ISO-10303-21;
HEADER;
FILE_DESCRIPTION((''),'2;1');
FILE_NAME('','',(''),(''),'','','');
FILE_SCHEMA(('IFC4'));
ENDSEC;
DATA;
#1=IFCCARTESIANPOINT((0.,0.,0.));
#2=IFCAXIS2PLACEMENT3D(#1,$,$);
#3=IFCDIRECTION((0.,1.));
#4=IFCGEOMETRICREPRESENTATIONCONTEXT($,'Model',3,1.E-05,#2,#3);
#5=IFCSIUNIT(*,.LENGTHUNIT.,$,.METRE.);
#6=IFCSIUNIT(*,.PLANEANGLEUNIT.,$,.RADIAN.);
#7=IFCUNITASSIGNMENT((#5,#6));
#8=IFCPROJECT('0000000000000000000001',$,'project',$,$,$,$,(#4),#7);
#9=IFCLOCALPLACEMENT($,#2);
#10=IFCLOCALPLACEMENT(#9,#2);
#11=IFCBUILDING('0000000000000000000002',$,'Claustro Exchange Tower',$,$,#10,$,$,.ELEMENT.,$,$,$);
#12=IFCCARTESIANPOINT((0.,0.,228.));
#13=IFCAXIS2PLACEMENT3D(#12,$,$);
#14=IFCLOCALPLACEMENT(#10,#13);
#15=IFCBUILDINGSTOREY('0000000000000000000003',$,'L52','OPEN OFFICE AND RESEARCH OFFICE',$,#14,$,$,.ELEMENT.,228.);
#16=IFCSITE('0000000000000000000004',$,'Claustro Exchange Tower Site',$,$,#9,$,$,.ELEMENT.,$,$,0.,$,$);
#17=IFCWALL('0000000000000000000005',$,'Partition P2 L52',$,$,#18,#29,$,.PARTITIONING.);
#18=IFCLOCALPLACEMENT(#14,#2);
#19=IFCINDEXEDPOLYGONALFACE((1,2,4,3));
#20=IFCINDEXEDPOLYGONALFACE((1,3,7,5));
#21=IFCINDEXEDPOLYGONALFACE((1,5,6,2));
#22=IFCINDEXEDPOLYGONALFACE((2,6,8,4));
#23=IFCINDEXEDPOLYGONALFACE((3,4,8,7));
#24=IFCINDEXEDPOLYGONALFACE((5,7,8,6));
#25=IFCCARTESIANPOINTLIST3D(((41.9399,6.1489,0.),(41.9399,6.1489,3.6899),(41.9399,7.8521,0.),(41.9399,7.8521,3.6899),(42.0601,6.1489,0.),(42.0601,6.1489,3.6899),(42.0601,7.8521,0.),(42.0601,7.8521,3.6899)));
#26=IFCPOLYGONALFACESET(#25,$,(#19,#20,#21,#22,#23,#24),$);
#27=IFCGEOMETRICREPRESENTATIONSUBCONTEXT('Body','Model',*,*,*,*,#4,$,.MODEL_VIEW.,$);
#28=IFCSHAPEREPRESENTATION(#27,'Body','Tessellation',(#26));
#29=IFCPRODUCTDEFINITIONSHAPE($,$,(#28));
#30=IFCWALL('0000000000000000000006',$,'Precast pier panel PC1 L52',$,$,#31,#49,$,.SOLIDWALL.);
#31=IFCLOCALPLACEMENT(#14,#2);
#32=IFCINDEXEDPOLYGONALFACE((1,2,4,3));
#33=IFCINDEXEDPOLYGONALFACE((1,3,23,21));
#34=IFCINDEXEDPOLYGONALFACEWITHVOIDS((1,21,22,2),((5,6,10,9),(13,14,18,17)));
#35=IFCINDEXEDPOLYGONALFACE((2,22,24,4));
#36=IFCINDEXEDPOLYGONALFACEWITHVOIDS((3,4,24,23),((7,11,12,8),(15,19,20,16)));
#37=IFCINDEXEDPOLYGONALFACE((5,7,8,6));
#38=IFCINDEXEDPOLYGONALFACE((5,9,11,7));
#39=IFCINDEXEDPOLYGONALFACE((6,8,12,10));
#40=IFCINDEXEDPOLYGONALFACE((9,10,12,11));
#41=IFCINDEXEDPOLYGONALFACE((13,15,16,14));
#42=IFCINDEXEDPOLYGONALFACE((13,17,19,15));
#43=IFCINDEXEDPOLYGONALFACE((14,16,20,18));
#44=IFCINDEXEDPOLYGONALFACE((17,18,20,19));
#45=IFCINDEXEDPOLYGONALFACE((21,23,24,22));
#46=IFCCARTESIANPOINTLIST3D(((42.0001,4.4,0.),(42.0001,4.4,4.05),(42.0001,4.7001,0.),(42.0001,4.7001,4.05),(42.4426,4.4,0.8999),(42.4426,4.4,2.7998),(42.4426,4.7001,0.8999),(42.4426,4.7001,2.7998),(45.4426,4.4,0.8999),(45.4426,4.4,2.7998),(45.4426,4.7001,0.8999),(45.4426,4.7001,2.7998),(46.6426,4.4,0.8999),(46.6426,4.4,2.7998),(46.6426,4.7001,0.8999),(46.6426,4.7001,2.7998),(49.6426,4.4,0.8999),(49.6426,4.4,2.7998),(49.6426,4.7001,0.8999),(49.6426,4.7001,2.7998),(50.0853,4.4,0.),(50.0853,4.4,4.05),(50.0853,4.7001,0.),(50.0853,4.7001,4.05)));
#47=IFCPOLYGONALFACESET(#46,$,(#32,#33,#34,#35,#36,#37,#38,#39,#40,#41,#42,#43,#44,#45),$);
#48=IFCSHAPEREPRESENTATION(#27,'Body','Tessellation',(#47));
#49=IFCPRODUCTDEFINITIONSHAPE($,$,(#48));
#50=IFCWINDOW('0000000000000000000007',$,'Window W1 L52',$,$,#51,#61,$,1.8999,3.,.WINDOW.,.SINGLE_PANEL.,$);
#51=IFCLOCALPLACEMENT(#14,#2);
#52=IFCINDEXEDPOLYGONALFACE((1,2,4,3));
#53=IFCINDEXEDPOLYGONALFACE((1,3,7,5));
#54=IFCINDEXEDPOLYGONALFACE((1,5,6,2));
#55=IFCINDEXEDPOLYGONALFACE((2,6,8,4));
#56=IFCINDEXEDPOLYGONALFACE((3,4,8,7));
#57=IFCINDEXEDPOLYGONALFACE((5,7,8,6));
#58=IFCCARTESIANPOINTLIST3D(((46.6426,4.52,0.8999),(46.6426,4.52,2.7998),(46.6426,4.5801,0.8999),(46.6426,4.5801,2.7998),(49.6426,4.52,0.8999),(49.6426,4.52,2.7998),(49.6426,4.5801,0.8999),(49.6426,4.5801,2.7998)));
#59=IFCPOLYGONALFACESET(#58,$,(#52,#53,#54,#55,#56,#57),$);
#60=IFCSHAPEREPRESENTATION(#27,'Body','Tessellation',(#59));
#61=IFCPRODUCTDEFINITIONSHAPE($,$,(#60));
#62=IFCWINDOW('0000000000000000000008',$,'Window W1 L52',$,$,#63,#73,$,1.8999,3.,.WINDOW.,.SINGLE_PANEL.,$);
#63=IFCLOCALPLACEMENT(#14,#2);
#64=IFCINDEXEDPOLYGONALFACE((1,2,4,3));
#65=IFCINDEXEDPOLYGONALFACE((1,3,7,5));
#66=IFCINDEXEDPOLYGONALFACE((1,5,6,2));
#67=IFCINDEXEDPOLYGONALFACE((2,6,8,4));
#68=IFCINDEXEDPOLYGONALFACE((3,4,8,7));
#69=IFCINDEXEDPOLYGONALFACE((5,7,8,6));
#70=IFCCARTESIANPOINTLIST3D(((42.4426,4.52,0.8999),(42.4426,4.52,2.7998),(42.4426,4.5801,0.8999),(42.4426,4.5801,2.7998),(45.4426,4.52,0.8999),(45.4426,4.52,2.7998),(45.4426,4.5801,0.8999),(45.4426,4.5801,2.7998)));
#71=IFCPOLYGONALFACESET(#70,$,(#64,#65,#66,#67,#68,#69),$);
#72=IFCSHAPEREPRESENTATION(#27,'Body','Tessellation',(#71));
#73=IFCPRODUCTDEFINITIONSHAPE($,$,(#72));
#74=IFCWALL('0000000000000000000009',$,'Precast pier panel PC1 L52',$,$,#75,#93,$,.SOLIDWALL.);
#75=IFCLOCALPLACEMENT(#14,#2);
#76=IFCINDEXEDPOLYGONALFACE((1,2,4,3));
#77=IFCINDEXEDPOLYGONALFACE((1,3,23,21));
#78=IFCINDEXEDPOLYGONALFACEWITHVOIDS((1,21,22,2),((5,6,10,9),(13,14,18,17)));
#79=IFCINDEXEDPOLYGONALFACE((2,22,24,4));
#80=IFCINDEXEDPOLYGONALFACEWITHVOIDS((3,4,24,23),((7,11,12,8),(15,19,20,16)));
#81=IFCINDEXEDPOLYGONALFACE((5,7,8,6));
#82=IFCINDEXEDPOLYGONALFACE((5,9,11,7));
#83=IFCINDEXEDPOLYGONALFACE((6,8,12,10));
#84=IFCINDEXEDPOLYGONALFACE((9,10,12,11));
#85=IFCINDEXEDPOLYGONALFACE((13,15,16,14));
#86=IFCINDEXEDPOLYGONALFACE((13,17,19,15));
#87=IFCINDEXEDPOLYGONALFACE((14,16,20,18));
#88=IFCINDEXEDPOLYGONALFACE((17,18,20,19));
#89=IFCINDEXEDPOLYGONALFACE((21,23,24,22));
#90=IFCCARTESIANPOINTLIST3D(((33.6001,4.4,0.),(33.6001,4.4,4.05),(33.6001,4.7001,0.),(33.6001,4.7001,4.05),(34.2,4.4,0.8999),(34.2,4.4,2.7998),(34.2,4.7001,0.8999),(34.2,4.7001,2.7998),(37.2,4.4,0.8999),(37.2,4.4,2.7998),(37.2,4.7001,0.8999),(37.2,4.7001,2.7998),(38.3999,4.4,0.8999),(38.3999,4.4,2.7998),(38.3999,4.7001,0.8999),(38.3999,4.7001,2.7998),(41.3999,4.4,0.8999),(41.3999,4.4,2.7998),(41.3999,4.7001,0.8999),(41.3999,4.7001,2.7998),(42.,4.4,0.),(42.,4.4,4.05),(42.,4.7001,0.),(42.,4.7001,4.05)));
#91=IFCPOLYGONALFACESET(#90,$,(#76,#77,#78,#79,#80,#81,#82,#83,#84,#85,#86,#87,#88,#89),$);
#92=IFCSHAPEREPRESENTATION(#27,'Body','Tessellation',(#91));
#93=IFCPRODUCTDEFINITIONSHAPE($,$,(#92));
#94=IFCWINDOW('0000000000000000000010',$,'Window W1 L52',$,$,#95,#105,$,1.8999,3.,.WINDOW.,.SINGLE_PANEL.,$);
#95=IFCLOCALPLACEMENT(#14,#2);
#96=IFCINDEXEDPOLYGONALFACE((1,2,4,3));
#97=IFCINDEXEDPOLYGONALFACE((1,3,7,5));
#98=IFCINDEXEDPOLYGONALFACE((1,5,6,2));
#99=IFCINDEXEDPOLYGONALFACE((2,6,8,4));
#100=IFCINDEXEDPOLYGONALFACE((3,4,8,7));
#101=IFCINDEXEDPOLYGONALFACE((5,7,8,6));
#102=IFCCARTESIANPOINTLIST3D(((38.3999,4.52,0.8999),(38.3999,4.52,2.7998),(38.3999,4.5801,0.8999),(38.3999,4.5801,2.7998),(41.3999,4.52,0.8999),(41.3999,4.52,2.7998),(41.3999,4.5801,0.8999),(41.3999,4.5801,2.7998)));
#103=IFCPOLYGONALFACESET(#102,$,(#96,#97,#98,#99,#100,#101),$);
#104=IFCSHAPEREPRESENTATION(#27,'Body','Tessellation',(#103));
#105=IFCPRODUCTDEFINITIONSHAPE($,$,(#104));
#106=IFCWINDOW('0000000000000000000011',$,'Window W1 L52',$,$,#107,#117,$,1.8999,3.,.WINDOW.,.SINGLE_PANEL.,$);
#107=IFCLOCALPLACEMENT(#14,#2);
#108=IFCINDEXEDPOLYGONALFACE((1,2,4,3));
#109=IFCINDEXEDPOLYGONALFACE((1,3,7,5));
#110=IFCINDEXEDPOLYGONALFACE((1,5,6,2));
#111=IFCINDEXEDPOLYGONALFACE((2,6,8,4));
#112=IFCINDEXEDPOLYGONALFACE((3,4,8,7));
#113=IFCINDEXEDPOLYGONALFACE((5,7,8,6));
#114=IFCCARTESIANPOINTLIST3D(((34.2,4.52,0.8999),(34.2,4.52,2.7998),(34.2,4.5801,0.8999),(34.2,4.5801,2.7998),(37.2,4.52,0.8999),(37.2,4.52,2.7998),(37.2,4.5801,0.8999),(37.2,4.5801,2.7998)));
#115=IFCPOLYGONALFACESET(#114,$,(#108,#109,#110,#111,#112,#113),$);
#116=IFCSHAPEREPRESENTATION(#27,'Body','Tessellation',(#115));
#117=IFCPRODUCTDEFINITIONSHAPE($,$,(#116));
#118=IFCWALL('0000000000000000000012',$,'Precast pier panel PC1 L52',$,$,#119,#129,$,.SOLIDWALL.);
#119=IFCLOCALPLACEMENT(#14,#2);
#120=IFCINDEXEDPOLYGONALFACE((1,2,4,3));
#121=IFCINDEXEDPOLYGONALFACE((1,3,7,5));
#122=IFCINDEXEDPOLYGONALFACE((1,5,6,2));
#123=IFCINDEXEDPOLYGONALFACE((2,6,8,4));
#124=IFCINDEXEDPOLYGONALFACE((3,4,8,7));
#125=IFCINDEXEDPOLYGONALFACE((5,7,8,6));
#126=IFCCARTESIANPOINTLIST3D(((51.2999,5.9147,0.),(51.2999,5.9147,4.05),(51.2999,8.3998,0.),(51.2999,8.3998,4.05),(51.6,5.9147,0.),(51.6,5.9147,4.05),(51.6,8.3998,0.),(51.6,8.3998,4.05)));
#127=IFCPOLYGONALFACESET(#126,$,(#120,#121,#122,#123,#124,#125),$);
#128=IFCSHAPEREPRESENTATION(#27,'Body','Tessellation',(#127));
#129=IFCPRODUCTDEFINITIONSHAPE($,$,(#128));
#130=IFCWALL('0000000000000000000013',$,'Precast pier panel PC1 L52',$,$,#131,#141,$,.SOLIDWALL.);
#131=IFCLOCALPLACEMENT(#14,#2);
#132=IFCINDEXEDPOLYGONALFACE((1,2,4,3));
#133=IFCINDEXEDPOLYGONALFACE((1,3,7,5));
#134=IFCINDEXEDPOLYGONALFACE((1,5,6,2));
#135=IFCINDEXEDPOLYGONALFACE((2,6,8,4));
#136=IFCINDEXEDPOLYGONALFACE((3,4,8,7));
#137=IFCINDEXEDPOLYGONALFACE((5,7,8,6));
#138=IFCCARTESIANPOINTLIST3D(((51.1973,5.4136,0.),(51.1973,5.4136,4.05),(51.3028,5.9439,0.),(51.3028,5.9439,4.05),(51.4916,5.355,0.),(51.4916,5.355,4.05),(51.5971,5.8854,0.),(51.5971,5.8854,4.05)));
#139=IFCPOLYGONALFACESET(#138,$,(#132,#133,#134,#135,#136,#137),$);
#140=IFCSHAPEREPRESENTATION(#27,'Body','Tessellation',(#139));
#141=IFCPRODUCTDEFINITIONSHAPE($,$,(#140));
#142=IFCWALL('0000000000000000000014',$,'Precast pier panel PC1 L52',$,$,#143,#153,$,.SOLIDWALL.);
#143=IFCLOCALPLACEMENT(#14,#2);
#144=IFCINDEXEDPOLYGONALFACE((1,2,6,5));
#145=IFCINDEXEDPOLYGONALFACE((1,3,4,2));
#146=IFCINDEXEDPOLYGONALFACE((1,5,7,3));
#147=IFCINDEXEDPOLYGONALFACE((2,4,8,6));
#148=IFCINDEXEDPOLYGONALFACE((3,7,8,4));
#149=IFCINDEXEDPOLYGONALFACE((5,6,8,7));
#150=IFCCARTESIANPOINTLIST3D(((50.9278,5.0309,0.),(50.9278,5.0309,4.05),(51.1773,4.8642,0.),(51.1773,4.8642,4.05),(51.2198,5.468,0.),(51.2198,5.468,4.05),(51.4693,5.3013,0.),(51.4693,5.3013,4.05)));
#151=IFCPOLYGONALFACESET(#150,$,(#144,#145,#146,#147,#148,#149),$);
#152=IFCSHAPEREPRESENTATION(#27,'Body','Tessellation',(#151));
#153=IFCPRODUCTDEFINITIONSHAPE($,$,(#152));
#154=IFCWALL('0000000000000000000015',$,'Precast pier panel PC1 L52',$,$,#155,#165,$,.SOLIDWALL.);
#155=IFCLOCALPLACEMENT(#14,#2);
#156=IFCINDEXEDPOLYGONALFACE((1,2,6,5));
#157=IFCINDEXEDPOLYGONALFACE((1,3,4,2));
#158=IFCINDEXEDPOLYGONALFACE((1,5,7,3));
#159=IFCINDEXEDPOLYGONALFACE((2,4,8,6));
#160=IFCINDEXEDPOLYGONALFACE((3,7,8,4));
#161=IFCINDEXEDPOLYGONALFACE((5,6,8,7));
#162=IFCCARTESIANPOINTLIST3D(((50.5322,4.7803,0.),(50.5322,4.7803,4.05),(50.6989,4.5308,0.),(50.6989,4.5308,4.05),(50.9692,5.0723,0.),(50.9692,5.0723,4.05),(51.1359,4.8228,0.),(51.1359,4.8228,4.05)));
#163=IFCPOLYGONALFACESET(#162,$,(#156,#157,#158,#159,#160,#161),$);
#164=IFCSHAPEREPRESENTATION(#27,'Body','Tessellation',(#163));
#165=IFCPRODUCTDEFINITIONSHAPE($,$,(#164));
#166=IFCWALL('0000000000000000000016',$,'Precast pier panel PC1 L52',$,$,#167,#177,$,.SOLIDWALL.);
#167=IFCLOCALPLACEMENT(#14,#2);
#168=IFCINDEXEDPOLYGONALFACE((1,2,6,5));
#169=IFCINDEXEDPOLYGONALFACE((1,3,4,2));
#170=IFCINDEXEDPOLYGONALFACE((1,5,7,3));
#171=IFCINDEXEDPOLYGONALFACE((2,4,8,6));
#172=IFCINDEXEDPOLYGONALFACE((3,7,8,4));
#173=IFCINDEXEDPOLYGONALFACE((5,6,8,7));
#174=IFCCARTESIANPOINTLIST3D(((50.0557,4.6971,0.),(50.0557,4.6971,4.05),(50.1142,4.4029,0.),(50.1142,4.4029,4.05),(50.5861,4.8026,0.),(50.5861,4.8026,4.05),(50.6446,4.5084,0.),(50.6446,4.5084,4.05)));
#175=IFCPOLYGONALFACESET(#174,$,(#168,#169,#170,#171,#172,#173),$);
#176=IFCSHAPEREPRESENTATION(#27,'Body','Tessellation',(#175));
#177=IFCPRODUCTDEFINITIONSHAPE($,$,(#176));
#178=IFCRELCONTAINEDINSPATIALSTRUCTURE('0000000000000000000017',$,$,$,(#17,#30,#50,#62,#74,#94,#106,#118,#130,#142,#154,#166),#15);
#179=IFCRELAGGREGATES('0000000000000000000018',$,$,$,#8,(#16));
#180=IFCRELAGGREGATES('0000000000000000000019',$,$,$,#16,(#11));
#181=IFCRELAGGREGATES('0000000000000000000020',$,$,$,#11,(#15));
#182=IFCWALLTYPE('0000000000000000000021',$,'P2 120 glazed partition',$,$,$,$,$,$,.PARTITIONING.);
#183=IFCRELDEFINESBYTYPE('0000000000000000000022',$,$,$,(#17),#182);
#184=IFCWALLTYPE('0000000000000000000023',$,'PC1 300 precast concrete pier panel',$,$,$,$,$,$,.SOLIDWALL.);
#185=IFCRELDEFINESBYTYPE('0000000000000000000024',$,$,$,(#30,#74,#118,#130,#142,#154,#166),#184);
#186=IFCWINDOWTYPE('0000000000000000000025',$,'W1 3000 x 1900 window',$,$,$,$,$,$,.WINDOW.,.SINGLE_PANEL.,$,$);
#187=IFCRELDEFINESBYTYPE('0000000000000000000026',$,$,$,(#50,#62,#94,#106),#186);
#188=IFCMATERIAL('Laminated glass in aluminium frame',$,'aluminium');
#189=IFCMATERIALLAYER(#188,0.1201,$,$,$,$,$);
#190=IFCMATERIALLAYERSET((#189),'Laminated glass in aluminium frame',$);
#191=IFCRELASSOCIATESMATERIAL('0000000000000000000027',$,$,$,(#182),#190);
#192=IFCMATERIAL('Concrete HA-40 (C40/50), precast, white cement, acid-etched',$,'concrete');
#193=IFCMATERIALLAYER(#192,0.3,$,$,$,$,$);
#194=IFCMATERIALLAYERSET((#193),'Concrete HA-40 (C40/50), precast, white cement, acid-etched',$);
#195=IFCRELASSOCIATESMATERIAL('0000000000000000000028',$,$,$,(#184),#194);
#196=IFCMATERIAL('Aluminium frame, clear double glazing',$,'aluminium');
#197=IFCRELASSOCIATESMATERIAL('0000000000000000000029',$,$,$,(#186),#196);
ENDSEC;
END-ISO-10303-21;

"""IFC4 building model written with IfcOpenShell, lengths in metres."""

from ifc_helpers import new_model, si_unit, direction, frame, frame_2d, origin, place, context, subcontext, project, spatial, rectangle, extrude, material, layer, layer_set, type_object, element, fill, save


model = new_model("IFC4")

# Units and contexts
model_context = context("Model", 3, precision=1e-05, world=origin(), true_north=direction((0.0, 1.0)))
body_context = subcontext(model_context, "Body", "Model", "MODEL_VIEW")
ifc_project = project(units=[si_unit("LENGTHUNIT", "METRE"), si_unit("PLANEANGLEUNIT", "RADIAN")], contexts=[model_context])

# Site, building, storey
site_placement = place(None, origin())
site = spatial("IfcSite", under=ifc_project, at=site_placement, Name="Claustro Exchange Tower Site", CompositionType="ELEMENT", RefElevation=0.0)
building_placement = place(site_placement, origin())
building = spatial("IfcBuilding", under=site, at=building_placement, Name="Claustro Exchange Tower", CompositionType="ELEMENT")
storey_placement = place(building_placement, frame((0.0, 0.0, 228.0)))
storey = spatial("IfcBuildingStorey", under=building, at=storey_placement, Name="L52", Description="OPEN OFFICE AND RESEARCH OFFICE", CompositionType="ELEMENT", Elevation=228.0)

# Wall
ifc_material_1 = material(Name="Laminated glass in aluminium frame", Category="aluminium")
ifc_layer_1 = layer(ifc_material_1, 0.1201)
ifc_layer_set_1 = layer_set([ifc_layer_1], Name="Laminated glass in aluminium frame")
wall_type_1 = type_object("IfcWallType", Name="P2 120 glazed partition", PredefinedType="PARTITIONING", material=ifc_layer_set_1)
wall_1_placement = place(storey_placement, frame((42.0, 6.1489, 0.0), z_axis=(0.0, 0.0, 1.0), x_axis=(0.0, 1.0, 0.0)))
element("IfcWall", 1, at=wall_1_placement, inside=storey, type_object=wall_type_1, Name="Partition P2 L52", PredefinedType="PARTITIONING", context=body_context, shape_type="SweptSolid", body=[
    extrude(rectangle(XDim=1.7031, YDim=0.1201, at=frame_2d((0.8516, 0.0))), origin(), (0.0, 0.0, 1.0), 3.6899),
])

# Walls, openings, windows
ifc_material_2 = material(Name="Concrete HA-40 (C40/50), precast, white cement, acid-etched", Category="concrete")
ifc_layer_2 = layer(ifc_material_2, 0.3)
ifc_layer_set_2 = layer_set([ifc_layer_2], Name="Concrete HA-40 (C40/50), precast, white cement, acid-etched")
wall_type_2 = type_object("IfcWallType", Name="PC1 300 precast concrete pier panel", PredefinedType="SOLIDWALL", material=ifc_layer_set_2)
wall_2_placement = place(storey_placement, frame((50.0852, 4.55, 0.0), z_axis=(0.0, 0.0, 1.0), x_axis=(-1.0, 0.0, 0.0)))
wall_2 = element("IfcWall", 2, at=wall_2_placement, inside=storey, type_object=wall_type_2, Name="Precast pier panel PC1 L52", PredefinedType="SOLIDWALL", context=body_context, shape_type="SweptSolid", body=[
    extrude(rectangle(XDim=8.0852, YDim=0.3, at=frame_2d((4.0425, 0.0))), origin(), (0.0, 0.0, 1.0), 4.05),
])
opening_1_placement = place(wall_2_placement, frame((0.4426, 0.0, 0.8999)))
opening_1 = element("IfcOpeningElement", 3, at=opening_1_placement, cuts=wall_2, PredefinedType="OPENING", context=body_context, shape_type="SweptSolid", body=[
    extrude(rectangle(XDim=3.0, YDim=1.8999, at=frame_2d((1.5, 0.95))), frame((0.0, 0.1599, 0.0), z_axis=(0.0, -1.0, 0.0), x_axis=(1.0, 0.0, 0.0)), (0.0, 0.0, 1.0), 0.3201),
])
opening_2_placement = place(wall_2_placement, frame((4.6426, 0.0, 0.8999)))
opening_2 = element("IfcOpeningElement", 4, at=opening_2_placement, cuts=wall_2, PredefinedType="OPENING", context=body_context, shape_type="SweptSolid", body=[
    extrude(rectangle(XDim=3.0, YDim=1.8999, at=frame_2d((1.5, 0.95))), frame((0.0, 0.1599, 0.0), z_axis=(0.0, -1.0, 0.0), x_axis=(1.0, 0.0, 0.0)), (0.0, 0.0, 1.0), 0.3201),
])
ifc_material_3 = material(Name="Aluminium frame, clear double glazing", Category="aluminium")
window_type = type_object("IfcWindowType", Name="W1 3000 x 1900 window", PartitioningType="SINGLE_PANEL", PredefinedType="WINDOW", material=ifc_material_3)
window_1_placement = place(opening_1_placement, origin())
window_1 = element("IfcWindow", 5, at=window_1_placement, inside=storey, type_object=window_type, Name="Window W1 L52", OverallHeight=1.8999, OverallWidth=3.0, PartitioningType="SINGLE_PANEL", PredefinedType="WINDOW", context=body_context, shape_type="SweptSolid", body=[
    extrude(rectangle(XDim=3.0, YDim=1.8999, at=frame_2d((1.5, 0.95))), frame((0.0, 0.03, 0.0), z_axis=(0.0, -1.0, 0.0), x_axis=(1.0, 0.0, 0.0)), (0.0, 0.0, 1.0), 0.0601),
])
fill(opening_1, window_1)
window_2_placement = place(opening_2_placement, origin())
window_2 = element("IfcWindow", 6, at=window_2_placement, inside=storey, type_object=window_type, Name="Window W1 L52", OverallHeight=1.8999, OverallWidth=3.0, PartitioningType="SINGLE_PANEL", PredefinedType="WINDOW", context=body_context, shape_type="SweptSolid", body=[
    extrude(rectangle(XDim=3.0, YDim=1.8999, at=frame_2d((1.5, 0.95))), frame((0.0, 0.03, 0.0), z_axis=(0.0, -1.0, 0.0), x_axis=(1.0, 0.0, 0.0)), (0.0, 0.0, 1.0), 0.0601),
])
fill(opening_2, window_2)
wall_3_placement = place(storey_placement, frame((42.0, 4.55, 0.0), z_axis=(0.0, 0.0, 1.0), x_axis=(-1.0, 0.0, 0.0)))
wall_3 = element("IfcWall", 7, at=wall_3_placement, inside=storey, type_object=wall_type_2, Name="Precast pier panel PC1 L52", PredefinedType="SOLIDWALL", context=body_context, shape_type="SweptSolid", body=[
    extrude(rectangle(XDim=8.3999, YDim=0.3, at=frame_2d((4.2, 0.0))), origin(), (0.0, 0.0, 1.0), 4.05),
])
opening_3_placement = place(wall_3_placement, frame((0.6001, 0.0, 0.8999)))
opening_3 = element("IfcOpeningElement", 8, at=opening_3_placement, cuts=wall_3, PredefinedType="OPENING", context=body_context, shape_type="SweptSolid", body=[
    extrude(rectangle(XDim=3.0, YDim=1.8999, at=frame_2d((1.5, 0.95))), frame((0.0, 0.1599, 0.0), z_axis=(0.0, -1.0, 0.0), x_axis=(1.0, 0.0, 0.0)), (0.0, 0.0, 1.0), 0.3201),
])
opening_4_placement = place(wall_3_placement, frame((4.8, 0.0, 0.8999)))
opening_4 = element("IfcOpeningElement", 9, at=opening_4_placement, cuts=wall_3, PredefinedType="OPENING", context=body_context, shape_type="SweptSolid", body=[
    extrude(rectangle(XDim=3.0, YDim=1.8999, at=frame_2d((1.5, 0.95))), frame((0.0, 0.1599, 0.0), z_axis=(0.0, -1.0, 0.0), x_axis=(1.0, 0.0, 0.0)), (0.0, 0.0, 1.0), 0.3201),
])
window_3_placement = place(opening_3_placement, origin())
window_3 = element("IfcWindow", 10, at=window_3_placement, inside=storey, type_object=window_type, Name="Window W1 L52", OverallHeight=1.8999, OverallWidth=3.0, PartitioningType="SINGLE_PANEL", PredefinedType="WINDOW", context=body_context, shape_type="SweptSolid", body=[
    extrude(rectangle(XDim=3.0, YDim=1.8999, at=frame_2d((1.5, 0.95))), frame((0.0, 0.03, 0.0), z_axis=(0.0, -1.0, 0.0), x_axis=(1.0, 0.0, 0.0)), (0.0, 0.0, 1.0), 0.0601),
])
fill(opening_3, window_3)
window_4_placement = place(opening_4_placement, origin())
window_4 = element("IfcWindow", 11, at=window_4_placement, inside=storey, type_object=window_type, Name="Window W1 L52", OverallHeight=1.8999, OverallWidth=3.0, PartitioningType="SINGLE_PANEL", PredefinedType="WINDOW", context=body_context, shape_type="SweptSolid", body=[
    extrude(rectangle(XDim=3.0, YDim=1.8999, at=frame_2d((1.5, 0.95))), frame((0.0, 0.03, 0.0), z_axis=(0.0, -1.0, 0.0), x_axis=(1.0, 0.0, 0.0)), (0.0, 0.0, 1.0), 0.0601),
])
fill(opening_4, window_4)

# Walls
wall_4_placement = place(storey_placement, frame((51.45, 8.3999, 0.0), z_axis=(0.0, 0.0, 1.0), x_axis=(0.0, -1.0, 0.0)))
element("IfcWall", 12, at=wall_4_placement, inside=storey, type_object=wall_type_2, Name="Precast pier panel PC1 L52", PredefinedType="SOLIDWALL", context=body_context, shape_type="SweptSolid", body=[
    extrude(rectangle(XDim=2.4851, YDim=0.3, at=frame_2d((1.2427, 0.0))), origin(), (0.0, 0.0, 1.0), 4.05),
])
wall_5_placement = place(storey_placement, frame((51.45, 5.9148, 0.0), z_axis=(0.0, 0.0, 1.0), x_axis=(-0.195074, -0.980789, 0.0)))
element("IfcWall", 13, at=wall_5_placement, inside=storey, type_object=wall_type_2, Name="Precast pier panel PC1 L52", PredefinedType="SOLIDWALL", context=body_context, shape_type="SweptSolid", body=[
    extrude(rectangle(XDim=0.5408, YDim=0.3, at=frame_2d((0.2705, 0.0))), origin(), (0.0, 0.0, 1.0), 4.05),
])
for number, where, z_axis, x_axis, name in (
    (14, (51.3445, 5.3845, 0.0), (0.0, 0.0, 1.0), (-0.555557, -0.831478, 0.0), "Precast pier panel PC1 L52"),
    (15, (51.0525, 4.9475, 0.0), (0.0, 0.0, 1.0), (-0.831478, -0.555557, 0.0), "Precast pier panel PC1 L52"),
):
    element("IfcWall", number, at=place(storey_placement, frame(where, z_axis=z_axis, x_axis=x_axis)), inside=storey, type_object=wall_type_2, Name=name, PredefinedType="SOLIDWALL", context=body_context, shape_type="SweptSolid", body=[
        extrude(rectangle(XDim=0.5256, YDim=0.3, at=frame_2d((0.2627, 0.0))), origin(), (0.0, 0.0, 1.0), 4.05),
    ])
wall_6_placement = place(storey_placement, frame((50.6155, 4.6555, 0.0), z_axis=(0.0, 0.0, 1.0), x_axis=(-0.980789, -0.195074, 0.0)))
element("IfcWall", 16, at=wall_6_placement, inside=storey, type_object=wall_type_2, Name="Precast pier panel PC1 L52", PredefinedType="SOLIDWALL", context=body_context, shape_type="SweptSolid", body=[
    extrude(rectangle(XDim=0.5408, YDim=0.3, at=frame_2d((0.2705, 0.0))), origin(), (0.0, 0.0, 1.0), 4.05),
])

save(model, "model.ifc")
